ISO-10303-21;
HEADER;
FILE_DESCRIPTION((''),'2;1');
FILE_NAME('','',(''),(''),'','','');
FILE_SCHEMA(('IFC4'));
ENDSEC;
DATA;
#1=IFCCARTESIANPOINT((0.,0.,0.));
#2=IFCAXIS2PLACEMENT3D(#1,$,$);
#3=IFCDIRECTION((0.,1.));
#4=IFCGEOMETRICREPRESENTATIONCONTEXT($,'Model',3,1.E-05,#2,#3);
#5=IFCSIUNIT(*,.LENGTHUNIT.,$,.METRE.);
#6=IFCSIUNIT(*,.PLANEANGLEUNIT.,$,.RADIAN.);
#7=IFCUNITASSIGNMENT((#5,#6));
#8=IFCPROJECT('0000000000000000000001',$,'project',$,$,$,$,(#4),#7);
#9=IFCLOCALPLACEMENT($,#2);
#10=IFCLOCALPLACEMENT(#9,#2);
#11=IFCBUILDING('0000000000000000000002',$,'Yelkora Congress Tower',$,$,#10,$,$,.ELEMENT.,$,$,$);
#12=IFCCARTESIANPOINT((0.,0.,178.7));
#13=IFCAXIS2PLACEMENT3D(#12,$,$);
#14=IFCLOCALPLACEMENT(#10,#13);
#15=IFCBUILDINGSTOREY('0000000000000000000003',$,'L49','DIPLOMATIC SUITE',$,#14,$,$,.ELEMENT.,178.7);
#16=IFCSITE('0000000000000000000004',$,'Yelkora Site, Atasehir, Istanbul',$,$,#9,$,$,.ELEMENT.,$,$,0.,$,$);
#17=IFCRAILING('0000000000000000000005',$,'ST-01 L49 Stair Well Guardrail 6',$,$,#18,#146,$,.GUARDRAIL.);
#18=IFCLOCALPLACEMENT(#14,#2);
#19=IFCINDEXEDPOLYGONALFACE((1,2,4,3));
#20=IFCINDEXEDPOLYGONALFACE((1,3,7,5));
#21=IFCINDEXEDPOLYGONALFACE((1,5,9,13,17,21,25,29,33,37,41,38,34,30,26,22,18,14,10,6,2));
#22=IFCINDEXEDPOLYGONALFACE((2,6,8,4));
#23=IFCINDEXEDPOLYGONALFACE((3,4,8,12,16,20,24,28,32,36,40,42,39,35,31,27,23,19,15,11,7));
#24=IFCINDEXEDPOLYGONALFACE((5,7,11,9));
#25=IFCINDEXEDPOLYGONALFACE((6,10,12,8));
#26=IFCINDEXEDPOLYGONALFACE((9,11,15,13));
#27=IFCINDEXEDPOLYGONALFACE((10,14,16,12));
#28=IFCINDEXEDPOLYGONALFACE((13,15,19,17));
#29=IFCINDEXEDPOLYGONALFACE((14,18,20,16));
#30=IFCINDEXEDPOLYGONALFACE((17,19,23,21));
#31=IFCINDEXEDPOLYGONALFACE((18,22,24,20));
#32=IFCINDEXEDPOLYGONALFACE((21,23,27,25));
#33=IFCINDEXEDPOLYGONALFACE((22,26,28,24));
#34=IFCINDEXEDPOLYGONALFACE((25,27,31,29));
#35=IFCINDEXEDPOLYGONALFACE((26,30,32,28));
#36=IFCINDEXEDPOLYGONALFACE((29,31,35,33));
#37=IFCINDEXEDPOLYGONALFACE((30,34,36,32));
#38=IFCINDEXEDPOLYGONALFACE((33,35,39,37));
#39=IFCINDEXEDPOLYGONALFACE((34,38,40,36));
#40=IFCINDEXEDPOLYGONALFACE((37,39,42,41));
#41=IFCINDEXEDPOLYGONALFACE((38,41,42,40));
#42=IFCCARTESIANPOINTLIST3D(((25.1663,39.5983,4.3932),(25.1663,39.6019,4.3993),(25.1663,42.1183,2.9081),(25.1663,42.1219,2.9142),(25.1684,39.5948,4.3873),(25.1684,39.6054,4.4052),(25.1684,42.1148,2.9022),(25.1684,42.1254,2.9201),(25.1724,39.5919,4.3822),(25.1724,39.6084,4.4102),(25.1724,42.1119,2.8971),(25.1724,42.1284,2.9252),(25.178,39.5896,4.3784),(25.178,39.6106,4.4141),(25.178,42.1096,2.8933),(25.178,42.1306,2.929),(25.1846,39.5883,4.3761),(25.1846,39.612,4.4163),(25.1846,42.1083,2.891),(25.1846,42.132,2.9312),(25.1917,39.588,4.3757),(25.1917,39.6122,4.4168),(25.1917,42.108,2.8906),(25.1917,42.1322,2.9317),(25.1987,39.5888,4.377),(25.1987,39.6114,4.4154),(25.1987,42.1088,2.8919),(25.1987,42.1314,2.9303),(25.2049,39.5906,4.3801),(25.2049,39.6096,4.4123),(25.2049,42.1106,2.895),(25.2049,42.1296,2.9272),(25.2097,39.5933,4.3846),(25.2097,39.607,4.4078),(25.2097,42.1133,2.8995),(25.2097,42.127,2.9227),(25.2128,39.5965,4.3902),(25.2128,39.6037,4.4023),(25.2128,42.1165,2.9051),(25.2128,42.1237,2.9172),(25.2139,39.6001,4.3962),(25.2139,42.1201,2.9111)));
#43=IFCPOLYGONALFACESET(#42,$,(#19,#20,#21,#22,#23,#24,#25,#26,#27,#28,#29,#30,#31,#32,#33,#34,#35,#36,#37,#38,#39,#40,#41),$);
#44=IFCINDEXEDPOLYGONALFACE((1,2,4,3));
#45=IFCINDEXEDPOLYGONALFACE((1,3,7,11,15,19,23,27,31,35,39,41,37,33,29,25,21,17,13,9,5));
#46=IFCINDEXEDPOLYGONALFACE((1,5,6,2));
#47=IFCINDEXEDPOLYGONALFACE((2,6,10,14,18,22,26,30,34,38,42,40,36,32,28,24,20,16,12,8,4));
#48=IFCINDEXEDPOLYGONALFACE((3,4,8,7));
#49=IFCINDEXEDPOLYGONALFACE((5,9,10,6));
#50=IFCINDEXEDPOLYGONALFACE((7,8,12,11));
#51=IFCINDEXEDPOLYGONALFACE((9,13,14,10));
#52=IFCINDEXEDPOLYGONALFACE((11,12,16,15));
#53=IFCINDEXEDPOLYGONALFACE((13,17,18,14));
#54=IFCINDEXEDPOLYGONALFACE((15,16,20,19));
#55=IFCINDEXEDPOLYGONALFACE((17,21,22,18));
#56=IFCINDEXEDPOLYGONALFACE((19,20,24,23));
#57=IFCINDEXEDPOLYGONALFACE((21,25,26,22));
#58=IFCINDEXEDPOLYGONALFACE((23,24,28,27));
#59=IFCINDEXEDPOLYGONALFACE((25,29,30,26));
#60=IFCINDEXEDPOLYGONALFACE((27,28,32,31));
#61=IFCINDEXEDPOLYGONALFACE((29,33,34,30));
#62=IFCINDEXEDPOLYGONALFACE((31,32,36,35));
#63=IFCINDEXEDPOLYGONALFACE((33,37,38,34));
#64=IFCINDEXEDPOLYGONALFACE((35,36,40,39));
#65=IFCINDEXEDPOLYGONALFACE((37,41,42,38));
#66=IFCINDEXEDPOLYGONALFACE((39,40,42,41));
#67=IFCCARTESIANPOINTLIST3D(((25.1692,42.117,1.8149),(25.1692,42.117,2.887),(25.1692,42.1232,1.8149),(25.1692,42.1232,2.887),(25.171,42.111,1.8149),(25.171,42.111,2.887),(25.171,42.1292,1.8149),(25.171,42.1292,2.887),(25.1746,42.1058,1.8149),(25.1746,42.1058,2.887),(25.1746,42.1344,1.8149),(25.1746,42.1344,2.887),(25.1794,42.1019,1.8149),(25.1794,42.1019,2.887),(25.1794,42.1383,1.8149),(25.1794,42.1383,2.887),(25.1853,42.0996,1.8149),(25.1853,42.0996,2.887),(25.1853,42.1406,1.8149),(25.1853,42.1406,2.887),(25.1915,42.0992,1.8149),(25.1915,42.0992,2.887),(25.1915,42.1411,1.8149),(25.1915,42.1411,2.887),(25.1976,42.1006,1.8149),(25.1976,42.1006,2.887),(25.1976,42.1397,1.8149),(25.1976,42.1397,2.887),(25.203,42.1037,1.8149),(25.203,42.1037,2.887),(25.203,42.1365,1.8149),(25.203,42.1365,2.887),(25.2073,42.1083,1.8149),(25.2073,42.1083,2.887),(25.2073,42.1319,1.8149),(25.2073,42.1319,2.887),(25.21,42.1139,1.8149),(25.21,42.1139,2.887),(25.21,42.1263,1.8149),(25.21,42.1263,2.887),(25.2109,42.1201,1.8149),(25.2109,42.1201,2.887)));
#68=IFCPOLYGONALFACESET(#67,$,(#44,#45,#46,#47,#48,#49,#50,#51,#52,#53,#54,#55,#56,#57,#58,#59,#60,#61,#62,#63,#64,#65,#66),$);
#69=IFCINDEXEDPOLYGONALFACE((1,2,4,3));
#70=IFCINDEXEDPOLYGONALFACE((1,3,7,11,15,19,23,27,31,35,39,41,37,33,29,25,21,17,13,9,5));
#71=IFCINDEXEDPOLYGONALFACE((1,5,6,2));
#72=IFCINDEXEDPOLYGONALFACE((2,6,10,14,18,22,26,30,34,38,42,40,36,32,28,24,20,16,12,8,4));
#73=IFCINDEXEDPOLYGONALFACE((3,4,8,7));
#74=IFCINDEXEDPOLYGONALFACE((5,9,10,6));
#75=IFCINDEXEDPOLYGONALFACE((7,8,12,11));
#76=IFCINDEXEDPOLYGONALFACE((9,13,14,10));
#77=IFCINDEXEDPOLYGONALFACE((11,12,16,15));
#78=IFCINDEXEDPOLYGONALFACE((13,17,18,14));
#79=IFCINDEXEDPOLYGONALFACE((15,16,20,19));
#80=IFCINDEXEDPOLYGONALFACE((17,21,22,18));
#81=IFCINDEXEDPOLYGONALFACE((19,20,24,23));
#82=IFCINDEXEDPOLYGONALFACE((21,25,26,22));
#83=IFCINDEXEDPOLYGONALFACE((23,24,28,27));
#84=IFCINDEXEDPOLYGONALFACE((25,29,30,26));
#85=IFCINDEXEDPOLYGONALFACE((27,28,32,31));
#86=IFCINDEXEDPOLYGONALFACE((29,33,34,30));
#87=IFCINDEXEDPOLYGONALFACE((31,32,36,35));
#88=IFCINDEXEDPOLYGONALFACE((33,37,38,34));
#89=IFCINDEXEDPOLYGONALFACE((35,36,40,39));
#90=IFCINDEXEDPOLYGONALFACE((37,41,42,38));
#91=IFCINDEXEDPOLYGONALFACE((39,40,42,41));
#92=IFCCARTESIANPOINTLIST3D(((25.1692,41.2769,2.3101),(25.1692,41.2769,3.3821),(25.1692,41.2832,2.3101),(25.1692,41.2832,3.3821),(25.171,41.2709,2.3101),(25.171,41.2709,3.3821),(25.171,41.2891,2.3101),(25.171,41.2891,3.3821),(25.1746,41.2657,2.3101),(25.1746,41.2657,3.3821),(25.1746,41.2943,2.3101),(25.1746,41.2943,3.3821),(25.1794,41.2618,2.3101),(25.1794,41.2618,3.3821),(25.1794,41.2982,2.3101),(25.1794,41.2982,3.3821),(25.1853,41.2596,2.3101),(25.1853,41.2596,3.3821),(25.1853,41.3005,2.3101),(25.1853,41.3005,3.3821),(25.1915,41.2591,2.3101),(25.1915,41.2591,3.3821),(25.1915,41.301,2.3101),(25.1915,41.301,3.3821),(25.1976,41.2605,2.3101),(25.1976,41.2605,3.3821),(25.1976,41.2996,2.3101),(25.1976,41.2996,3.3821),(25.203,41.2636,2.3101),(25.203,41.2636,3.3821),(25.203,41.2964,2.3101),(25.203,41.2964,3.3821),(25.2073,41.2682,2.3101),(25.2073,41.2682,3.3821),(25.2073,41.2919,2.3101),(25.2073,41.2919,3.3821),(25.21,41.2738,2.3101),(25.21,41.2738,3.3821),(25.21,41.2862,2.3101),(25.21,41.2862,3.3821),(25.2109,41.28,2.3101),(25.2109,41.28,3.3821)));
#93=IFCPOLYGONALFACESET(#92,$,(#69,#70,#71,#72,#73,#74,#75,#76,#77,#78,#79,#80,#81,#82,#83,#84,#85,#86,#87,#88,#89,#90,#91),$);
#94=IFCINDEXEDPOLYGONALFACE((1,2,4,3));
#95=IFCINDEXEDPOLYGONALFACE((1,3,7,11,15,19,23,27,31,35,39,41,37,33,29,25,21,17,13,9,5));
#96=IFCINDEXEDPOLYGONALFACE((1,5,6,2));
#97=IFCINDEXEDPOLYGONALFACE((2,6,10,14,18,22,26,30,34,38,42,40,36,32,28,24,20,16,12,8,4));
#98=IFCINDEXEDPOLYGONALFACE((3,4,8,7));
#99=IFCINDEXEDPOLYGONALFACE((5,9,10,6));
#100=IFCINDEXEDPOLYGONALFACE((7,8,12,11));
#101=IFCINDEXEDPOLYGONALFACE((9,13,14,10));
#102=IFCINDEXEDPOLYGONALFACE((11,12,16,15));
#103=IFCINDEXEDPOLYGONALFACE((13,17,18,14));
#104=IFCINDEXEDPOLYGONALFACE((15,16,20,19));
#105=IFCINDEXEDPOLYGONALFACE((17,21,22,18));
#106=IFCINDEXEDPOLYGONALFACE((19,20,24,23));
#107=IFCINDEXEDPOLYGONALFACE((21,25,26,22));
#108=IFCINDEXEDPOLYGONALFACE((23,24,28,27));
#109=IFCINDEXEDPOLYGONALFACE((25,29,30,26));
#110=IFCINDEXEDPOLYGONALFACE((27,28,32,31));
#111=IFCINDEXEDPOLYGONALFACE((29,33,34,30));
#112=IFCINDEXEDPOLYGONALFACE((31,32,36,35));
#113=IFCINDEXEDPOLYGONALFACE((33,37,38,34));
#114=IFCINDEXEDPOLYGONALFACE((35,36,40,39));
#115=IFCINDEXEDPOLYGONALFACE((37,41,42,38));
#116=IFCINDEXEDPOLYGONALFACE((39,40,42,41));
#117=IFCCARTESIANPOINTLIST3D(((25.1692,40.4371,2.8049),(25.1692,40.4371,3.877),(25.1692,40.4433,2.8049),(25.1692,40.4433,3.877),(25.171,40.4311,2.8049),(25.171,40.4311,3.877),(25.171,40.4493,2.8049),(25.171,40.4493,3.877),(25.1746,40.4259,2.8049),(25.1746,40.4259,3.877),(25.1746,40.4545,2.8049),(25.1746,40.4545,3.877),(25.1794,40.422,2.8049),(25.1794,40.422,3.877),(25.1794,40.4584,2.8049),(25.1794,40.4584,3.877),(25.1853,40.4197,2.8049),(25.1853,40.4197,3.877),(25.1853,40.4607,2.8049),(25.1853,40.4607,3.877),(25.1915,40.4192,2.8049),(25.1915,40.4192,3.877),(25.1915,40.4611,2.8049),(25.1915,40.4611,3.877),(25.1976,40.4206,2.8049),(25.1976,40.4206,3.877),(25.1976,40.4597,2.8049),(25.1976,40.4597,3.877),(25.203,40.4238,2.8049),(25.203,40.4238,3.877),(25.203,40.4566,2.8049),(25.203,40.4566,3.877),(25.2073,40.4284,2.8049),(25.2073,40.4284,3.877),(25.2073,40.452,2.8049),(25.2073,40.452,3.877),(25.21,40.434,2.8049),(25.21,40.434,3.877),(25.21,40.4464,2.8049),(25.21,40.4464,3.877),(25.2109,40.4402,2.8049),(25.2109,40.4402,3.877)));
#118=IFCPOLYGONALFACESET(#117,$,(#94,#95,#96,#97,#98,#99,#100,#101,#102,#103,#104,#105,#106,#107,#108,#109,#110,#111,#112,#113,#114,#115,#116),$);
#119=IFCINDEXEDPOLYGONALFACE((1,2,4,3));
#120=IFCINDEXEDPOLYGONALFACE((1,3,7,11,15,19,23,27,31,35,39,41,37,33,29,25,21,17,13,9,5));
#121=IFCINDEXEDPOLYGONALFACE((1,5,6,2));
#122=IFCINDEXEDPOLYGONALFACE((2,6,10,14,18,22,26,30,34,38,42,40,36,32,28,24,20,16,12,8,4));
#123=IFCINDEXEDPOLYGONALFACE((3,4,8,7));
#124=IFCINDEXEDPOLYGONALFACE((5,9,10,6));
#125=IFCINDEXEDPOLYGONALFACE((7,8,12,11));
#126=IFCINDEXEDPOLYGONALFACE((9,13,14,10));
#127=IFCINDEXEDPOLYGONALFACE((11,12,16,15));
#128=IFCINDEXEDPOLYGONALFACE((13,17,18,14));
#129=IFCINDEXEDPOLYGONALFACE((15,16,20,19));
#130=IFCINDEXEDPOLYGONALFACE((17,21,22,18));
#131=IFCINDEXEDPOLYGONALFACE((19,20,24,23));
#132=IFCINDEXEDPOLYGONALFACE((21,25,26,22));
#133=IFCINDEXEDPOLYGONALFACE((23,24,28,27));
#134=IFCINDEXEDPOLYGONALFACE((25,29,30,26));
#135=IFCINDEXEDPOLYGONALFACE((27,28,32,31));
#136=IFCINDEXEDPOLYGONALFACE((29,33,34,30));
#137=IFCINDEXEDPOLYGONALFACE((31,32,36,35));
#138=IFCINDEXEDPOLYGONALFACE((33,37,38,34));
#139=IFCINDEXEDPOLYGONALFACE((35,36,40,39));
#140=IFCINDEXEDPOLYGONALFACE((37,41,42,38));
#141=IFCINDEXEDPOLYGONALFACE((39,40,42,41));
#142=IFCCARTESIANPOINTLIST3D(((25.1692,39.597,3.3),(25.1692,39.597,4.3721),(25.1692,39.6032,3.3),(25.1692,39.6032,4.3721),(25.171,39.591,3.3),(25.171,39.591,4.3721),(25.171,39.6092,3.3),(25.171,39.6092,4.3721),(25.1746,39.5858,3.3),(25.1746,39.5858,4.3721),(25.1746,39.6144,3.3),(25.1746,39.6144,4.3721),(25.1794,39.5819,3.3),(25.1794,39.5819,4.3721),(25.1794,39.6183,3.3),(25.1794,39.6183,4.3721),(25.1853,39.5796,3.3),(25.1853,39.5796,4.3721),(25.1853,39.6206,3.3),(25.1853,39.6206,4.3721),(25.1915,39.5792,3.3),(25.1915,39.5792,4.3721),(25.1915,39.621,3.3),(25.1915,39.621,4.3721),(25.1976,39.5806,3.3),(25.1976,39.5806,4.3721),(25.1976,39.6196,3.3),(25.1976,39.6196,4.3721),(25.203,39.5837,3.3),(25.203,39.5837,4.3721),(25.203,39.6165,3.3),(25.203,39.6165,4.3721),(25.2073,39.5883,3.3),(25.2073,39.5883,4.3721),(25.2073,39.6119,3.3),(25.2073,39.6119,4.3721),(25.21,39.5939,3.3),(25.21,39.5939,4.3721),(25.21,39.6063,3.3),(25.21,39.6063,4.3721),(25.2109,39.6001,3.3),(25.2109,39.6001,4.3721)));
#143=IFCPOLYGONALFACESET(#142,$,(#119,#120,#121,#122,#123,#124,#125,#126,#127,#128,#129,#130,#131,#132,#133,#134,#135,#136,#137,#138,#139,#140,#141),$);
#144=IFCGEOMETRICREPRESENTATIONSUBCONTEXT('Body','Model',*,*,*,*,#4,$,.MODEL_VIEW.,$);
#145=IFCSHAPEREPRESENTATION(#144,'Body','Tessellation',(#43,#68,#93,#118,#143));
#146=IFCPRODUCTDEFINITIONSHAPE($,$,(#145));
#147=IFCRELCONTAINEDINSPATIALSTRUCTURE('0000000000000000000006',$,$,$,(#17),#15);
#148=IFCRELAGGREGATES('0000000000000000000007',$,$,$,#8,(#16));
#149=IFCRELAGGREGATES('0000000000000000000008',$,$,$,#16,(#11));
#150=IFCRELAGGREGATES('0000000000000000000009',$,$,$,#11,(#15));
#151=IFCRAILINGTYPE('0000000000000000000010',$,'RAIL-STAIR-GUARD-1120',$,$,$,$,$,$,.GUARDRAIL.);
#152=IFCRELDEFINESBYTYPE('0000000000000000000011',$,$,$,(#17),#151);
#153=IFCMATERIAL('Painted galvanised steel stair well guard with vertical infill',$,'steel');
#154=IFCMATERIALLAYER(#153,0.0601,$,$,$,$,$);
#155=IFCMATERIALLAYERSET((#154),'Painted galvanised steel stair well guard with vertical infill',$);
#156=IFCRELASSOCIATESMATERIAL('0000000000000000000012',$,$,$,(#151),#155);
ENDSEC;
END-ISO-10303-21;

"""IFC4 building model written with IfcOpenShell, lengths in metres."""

from ifc_helpers import new_model, si_unit, direction, frame, origin, origin_2d, place, context, subcontext, project, spatial, circle, extrude, material, layer, layer_set, type_object, element, save


model = new_model("IFC4")

# Units and contexts
model_context = context("Model", 3, precision=1e-05, world=origin(), true_north=direction((0.0, 1.0)))
body_context = subcontext(model_context, "Body", "Model", "MODEL_VIEW")
ifc_project = project(units=[si_unit("LENGTHUNIT", "METRE"), si_unit("PLANEANGLEUNIT", "RADIAN")], contexts=[model_context])

# Site, building, storey
site_placement = place(None, origin())
site = spatial("IfcSite", under=ifc_project, at=site_placement, Name="Yelkora Site, Atasehir, Istanbul", CompositionType="ELEMENT", RefElevation=0.0)
building_placement = place(site_placement, origin())
building = spatial("IfcBuilding", under=site, at=building_placement, Name="Yelkora Congress Tower", CompositionType="ELEMENT")
storey_placement = place(building_placement, frame((0.0, 0.0, 178.7)))
storey = spatial("IfcBuildingStorey", under=building, at=storey_placement, Name="L49", Description="DIPLOMATIC SUITE", CompositionType="ELEMENT", Elevation=178.7)

# Railing
ifc_material_1 = material(Name="Painted galvanised steel stair well guard with vertical infill", Category="steel")
ifc_layer_1 = layer(ifc_material_1, 0.0601)
ifc_layer_set_1 = layer_set([ifc_layer_1], Name="Painted galvanised steel stair well guard with vertical infill")
railing_type_1 = type_object("IfcRailingType", Name="RAIL-STAIR-GUARD-1120", PredefinedType="GUARDRAIL", material=ifc_layer_set_1)
railing_1_placement = place(storey_placement, frame((25.1899, 42.1201, 1.8149)))
element("IfcRailing", 1, at=railing_1_placement, inside=storey, type_object=railing_type_1, Name="ST-01 L49 Stair Well Guardrail 6", PredefinedType="GUARDRAIL", context=body_context, shape_type="SweptSolid", body=[
    extrude(circle(Radius=0.0239, at=origin_2d()), frame((0.0, 0.0, 1.0962), z_axis=(0.0, -0.861524, 0.507717), x_axis=(1.0, 0.0, 0.0)), (0.0, 0.0, 1.0), 2.925),
    extrude(circle(Radius=0.021, at=origin_2d()), origin(), (0.0, 0.0, 1.0), 1.072),
    extrude(circle(Radius=0.021, at=origin_2d()), frame((0.0, -0.8401, 0.4951)), (0.0, 0.0, 1.0), 1.072),
    extrude(circle(Radius=0.021, at=origin_2d()), frame((0.0, -1.6799, 0.99)), (0.0, 0.0, 1.0), 1.072),
    extrude(circle(Radius=0.021, at=origin_2d()), frame((0.0, -2.52, 1.4851)), (0.0, 0.0, 1.0), 1.072),
])

save(model, "model.ifc")
